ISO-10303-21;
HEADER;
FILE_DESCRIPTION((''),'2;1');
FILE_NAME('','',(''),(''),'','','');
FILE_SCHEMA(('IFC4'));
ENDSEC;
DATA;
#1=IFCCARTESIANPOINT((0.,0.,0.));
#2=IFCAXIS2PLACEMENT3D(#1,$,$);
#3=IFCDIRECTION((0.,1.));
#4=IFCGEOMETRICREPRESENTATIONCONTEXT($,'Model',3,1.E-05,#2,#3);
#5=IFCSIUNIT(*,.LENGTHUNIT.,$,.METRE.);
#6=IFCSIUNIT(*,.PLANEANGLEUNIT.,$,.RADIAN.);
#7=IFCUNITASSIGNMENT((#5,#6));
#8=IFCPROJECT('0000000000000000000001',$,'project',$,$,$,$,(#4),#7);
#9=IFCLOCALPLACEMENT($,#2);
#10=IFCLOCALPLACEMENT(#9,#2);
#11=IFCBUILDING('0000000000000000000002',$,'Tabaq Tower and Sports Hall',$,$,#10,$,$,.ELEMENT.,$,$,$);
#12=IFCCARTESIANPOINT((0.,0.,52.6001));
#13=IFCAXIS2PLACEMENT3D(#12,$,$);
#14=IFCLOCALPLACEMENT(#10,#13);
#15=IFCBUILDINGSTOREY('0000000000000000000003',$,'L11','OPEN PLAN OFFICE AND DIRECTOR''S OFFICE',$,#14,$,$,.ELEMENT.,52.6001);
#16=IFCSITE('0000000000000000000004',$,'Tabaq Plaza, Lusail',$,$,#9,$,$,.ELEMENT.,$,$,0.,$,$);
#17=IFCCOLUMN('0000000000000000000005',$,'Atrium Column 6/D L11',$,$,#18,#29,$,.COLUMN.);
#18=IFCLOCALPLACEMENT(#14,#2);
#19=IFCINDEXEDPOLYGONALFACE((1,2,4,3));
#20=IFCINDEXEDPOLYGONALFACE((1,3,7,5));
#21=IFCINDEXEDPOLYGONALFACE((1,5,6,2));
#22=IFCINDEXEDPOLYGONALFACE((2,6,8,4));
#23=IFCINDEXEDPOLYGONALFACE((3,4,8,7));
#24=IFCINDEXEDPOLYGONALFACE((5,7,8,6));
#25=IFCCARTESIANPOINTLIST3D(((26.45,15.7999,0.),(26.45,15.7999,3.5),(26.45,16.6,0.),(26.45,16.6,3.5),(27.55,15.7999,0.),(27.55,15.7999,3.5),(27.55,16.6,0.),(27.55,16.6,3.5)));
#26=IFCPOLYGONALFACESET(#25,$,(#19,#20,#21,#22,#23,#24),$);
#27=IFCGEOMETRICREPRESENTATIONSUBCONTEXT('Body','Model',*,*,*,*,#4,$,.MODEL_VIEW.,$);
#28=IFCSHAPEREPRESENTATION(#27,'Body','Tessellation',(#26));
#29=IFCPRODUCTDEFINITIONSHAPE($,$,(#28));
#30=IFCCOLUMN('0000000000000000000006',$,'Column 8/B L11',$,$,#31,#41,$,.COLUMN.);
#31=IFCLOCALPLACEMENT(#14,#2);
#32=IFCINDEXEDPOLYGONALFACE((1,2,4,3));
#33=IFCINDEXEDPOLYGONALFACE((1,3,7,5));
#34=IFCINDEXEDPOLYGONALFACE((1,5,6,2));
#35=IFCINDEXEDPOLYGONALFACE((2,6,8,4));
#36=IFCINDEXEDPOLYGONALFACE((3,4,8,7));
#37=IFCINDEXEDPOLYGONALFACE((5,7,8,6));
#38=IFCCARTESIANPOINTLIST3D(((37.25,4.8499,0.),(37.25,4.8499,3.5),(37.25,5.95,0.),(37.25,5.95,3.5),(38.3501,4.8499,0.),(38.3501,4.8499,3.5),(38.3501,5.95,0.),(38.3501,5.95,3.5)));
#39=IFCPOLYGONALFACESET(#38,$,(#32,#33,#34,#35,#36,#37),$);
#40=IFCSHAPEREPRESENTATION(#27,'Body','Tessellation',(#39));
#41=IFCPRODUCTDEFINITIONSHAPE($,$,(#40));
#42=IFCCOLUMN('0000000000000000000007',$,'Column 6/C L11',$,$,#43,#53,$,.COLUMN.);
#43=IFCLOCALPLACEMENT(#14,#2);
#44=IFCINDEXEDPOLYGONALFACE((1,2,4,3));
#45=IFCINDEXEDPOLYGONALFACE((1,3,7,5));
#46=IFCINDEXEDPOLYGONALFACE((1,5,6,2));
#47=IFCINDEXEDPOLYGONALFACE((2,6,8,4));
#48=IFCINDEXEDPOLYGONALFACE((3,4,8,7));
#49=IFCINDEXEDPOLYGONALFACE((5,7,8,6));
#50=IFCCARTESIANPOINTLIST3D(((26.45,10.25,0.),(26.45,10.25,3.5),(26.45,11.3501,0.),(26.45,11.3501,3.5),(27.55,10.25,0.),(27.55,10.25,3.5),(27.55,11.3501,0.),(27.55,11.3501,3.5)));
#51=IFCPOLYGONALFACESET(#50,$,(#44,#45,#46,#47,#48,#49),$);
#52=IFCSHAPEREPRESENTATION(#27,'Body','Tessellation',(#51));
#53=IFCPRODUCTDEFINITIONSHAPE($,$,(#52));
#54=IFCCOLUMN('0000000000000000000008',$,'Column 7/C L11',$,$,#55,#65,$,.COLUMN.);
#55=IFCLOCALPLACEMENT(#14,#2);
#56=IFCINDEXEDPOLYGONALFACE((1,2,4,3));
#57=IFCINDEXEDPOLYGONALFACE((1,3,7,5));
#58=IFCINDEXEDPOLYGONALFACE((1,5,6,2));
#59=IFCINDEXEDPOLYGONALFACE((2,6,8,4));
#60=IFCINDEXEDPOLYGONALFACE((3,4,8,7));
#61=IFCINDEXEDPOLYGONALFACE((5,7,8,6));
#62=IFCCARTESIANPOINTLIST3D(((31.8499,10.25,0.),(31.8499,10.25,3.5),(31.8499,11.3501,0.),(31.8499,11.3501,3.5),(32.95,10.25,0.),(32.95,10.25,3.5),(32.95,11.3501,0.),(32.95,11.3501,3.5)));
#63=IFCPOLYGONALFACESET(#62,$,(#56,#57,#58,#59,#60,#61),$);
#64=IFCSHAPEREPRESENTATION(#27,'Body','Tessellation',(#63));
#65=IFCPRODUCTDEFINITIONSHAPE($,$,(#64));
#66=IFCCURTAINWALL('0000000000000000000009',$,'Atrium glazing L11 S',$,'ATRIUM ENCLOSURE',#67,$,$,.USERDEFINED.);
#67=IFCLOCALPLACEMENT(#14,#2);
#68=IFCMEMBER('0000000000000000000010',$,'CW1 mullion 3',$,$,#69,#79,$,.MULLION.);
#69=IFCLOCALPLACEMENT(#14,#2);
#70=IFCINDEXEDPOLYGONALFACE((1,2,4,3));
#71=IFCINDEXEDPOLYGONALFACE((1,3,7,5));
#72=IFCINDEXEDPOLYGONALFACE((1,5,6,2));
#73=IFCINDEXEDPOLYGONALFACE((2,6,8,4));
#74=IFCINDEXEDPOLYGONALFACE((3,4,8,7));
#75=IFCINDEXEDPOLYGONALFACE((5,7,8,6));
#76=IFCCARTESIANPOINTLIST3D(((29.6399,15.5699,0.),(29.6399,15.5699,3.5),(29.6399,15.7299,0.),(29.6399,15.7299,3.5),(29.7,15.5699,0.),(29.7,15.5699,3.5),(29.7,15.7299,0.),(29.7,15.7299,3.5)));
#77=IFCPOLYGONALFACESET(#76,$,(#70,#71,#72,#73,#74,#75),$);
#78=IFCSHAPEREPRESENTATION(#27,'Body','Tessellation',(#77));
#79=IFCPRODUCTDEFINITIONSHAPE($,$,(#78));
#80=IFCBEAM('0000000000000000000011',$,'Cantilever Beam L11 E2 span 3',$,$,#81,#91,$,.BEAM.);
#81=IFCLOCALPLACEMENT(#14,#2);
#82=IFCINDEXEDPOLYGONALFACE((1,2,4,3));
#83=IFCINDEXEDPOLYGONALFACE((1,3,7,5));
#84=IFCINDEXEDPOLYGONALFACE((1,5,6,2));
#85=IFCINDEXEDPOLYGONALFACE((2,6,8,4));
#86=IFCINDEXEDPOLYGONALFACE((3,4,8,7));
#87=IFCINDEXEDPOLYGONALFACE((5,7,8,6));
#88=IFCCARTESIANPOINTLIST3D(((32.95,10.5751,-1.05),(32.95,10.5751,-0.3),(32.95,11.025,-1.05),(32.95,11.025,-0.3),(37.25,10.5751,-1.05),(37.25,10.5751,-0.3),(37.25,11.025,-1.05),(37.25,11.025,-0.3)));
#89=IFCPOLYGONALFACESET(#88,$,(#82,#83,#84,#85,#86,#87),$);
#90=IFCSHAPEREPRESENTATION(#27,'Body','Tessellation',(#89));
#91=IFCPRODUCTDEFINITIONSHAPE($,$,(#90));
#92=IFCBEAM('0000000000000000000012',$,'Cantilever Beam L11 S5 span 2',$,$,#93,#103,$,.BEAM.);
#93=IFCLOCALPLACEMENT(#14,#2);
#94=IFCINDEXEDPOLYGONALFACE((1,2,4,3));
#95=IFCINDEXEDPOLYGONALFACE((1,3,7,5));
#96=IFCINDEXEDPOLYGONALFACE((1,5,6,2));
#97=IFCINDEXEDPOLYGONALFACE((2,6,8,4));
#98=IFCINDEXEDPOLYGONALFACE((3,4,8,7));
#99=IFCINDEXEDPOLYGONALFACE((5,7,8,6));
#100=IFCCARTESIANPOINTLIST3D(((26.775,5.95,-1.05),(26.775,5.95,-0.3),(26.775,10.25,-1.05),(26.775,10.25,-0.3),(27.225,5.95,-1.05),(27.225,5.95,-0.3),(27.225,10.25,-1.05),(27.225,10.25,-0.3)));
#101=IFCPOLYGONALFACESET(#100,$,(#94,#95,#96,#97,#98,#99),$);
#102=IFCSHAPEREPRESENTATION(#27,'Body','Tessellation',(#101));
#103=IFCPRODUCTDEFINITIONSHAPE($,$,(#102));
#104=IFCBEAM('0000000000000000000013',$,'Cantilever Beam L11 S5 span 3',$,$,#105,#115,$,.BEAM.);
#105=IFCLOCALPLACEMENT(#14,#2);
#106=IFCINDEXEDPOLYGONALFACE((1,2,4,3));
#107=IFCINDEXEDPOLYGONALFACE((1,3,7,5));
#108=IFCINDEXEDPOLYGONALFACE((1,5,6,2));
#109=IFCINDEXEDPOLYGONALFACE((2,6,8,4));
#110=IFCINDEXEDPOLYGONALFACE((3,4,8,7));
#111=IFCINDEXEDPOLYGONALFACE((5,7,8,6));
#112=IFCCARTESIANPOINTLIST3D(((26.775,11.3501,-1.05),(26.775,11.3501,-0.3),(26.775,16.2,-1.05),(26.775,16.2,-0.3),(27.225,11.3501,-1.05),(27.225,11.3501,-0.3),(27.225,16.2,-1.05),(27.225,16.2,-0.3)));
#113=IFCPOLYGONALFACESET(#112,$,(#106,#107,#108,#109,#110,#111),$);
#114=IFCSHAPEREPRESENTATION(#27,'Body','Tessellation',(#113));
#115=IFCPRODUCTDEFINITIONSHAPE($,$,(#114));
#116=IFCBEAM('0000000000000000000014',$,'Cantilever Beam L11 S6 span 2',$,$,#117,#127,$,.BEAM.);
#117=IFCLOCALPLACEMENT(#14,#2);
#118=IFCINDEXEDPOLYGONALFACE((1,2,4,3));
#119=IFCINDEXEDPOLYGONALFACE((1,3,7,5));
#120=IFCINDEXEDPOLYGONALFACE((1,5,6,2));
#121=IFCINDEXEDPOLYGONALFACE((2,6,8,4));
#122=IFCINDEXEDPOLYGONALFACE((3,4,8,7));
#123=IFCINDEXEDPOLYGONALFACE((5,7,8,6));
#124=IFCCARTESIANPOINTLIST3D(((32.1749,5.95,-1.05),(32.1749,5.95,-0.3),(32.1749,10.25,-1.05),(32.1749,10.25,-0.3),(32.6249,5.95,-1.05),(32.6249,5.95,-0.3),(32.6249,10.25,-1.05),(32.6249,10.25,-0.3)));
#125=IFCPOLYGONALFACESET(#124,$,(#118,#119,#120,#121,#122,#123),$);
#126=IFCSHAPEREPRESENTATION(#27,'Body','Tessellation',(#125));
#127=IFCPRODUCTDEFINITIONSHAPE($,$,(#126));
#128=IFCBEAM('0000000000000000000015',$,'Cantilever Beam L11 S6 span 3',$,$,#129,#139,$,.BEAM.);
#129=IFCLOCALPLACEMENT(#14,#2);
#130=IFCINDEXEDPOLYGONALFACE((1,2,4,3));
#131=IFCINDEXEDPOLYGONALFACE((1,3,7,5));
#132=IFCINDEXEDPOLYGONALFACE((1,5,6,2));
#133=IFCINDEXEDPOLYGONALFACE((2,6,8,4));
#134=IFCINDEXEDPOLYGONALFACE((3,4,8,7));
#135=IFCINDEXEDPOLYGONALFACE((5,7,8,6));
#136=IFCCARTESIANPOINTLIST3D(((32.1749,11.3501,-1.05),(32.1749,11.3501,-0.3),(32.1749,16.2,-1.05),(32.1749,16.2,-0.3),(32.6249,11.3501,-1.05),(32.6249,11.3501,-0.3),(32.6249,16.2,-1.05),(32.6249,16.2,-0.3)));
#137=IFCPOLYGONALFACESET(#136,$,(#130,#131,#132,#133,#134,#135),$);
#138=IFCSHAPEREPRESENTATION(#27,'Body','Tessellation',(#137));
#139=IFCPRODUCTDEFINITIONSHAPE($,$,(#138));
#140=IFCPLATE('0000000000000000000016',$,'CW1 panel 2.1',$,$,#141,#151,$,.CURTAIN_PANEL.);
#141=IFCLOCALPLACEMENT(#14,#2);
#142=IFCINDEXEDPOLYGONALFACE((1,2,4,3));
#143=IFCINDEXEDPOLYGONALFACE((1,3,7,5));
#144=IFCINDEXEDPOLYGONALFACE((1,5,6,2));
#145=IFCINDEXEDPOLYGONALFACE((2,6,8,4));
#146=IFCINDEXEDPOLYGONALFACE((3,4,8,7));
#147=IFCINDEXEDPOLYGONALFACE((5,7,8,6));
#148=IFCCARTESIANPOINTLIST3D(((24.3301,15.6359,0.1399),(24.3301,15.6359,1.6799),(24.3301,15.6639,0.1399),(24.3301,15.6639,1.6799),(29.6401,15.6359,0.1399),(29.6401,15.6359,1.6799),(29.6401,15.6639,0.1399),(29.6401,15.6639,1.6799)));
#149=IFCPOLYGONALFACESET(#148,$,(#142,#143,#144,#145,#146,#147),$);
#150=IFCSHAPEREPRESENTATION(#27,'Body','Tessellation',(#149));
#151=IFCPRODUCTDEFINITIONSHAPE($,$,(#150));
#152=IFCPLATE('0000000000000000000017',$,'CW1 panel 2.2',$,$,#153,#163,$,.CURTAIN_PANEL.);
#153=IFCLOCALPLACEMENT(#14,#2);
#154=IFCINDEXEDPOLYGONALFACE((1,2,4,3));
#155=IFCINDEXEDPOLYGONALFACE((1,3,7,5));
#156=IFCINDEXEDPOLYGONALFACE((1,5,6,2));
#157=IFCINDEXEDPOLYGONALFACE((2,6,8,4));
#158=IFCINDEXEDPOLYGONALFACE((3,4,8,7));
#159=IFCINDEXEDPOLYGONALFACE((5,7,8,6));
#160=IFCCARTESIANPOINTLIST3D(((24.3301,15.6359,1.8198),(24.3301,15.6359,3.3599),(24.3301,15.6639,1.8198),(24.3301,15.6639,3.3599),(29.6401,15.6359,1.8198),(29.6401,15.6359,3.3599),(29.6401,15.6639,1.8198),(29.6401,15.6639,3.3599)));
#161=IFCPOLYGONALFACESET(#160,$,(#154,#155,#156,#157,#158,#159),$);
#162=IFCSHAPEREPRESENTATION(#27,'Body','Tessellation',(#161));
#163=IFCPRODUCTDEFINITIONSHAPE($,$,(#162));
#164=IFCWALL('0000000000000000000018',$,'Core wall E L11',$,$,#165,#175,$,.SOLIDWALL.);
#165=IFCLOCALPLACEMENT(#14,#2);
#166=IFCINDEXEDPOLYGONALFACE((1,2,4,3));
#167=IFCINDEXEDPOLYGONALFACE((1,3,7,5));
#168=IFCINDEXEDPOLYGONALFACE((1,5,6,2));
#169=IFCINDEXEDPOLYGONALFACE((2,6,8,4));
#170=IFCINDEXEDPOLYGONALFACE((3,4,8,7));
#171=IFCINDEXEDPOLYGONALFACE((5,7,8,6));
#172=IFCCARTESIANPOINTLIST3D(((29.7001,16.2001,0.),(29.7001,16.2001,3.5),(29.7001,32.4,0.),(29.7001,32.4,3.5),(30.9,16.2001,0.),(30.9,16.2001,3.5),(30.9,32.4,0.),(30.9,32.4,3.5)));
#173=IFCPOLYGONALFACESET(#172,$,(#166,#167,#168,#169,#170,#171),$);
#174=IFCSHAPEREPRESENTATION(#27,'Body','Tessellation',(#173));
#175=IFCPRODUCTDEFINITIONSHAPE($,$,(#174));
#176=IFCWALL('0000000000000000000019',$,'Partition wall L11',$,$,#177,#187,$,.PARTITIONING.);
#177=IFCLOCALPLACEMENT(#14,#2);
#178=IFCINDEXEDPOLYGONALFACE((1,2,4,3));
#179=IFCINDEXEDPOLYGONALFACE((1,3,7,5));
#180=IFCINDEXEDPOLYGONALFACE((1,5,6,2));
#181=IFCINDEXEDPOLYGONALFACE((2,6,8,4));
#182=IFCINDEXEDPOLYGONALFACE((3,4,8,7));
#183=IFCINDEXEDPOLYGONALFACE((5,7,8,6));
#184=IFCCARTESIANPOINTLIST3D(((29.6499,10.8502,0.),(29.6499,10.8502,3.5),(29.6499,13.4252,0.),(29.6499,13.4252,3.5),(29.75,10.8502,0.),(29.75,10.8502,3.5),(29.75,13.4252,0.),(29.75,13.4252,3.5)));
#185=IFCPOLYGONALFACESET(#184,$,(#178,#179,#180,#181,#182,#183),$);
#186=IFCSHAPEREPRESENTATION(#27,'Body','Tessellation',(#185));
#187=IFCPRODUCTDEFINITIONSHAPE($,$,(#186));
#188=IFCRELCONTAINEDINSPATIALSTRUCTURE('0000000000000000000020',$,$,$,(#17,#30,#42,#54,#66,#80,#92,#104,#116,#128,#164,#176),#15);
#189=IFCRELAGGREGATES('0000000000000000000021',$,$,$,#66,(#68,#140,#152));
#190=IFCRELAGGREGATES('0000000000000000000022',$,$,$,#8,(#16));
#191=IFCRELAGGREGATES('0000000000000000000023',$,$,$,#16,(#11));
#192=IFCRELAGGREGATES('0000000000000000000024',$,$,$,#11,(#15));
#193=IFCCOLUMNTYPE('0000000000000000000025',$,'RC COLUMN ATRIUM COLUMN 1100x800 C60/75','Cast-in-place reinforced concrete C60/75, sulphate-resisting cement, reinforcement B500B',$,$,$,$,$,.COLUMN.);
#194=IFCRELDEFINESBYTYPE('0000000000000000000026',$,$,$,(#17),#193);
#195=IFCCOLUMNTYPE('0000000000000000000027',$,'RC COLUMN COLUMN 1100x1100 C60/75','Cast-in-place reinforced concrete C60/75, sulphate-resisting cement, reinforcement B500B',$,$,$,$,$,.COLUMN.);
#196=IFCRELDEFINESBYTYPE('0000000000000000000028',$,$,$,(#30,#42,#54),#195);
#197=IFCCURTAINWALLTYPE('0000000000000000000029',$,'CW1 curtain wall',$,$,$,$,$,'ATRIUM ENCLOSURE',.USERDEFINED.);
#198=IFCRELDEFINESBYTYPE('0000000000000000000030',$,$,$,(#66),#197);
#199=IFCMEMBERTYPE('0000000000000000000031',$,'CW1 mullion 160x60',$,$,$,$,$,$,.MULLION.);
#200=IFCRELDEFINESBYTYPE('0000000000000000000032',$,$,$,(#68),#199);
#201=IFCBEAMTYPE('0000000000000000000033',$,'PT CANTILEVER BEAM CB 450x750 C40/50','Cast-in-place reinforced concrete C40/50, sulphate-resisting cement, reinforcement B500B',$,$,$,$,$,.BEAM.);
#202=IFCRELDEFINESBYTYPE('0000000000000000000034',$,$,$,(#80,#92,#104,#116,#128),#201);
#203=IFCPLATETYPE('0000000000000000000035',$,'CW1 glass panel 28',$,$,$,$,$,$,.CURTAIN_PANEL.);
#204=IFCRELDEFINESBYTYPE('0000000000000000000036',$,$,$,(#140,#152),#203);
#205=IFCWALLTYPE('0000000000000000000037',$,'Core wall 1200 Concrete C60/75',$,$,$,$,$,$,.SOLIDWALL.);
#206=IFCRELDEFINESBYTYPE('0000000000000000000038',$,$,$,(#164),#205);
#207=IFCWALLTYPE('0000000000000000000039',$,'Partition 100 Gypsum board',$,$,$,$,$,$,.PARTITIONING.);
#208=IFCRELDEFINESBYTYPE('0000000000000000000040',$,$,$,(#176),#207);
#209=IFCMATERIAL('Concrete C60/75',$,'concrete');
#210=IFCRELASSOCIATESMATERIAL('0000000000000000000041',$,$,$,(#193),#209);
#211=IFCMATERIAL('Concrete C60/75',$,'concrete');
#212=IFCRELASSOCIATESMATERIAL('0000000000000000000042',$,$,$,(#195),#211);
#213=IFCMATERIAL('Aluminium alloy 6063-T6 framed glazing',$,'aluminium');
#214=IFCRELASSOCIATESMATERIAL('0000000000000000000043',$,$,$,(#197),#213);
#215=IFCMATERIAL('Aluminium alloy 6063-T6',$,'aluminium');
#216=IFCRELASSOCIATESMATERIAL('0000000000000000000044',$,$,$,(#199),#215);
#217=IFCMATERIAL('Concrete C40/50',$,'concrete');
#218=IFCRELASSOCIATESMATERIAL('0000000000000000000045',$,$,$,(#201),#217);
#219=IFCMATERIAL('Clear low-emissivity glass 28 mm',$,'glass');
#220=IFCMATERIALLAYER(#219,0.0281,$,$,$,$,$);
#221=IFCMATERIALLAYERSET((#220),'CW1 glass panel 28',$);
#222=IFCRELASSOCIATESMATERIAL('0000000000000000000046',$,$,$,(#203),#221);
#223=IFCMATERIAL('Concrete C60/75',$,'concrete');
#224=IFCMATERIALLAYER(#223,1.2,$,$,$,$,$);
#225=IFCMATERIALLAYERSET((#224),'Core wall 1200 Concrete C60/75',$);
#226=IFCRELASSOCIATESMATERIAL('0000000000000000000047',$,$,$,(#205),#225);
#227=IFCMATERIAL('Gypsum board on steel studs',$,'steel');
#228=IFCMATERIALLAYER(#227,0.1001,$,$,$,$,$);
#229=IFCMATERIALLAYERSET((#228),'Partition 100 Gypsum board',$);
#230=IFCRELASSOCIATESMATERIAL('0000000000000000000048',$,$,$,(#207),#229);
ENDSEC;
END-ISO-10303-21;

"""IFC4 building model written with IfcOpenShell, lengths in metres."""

from ifc_helpers import new_model, si_unit, direction, frame, frame_2d, origin, origin_2d, place, context, subcontext, project, spatial, rectangle, extrude, material, layer, layer_set, material_profile, profile_set, type_object, element, aggregate, save


model = new_model("IFC4")

# Units and contexts
model_context = context("Model", 3, precision=1e-05, world=origin(), true_north=direction((0.0, 1.0)))
body_context = subcontext(model_context, "Body", "Model", "MODEL_VIEW")
ifc_project = project(units=[si_unit("LENGTHUNIT", "METRE"), si_unit("PLANEANGLEUNIT", "RADIAN")], contexts=[model_context])

# Site, building, storey
site_placement = place(None, origin())
site = spatial("IfcSite", under=ifc_project, at=site_placement, Name="Tabaq Plaza, Lusail", CompositionType="ELEMENT", RefElevation=0.0)
building_placement = place(site_placement, origin())
building = spatial("IfcBuilding", under=site, at=building_placement, Name="Tabaq Tower and Sports Hall", CompositionType="ELEMENT")
storey_placement = place(building_placement, frame((0.0, 0.0, 52.6001)))
storey = spatial("IfcBuildingStorey", under=building, at=storey_placement, Name="L11", Description="OPEN PLAN OFFICE AND DIRECTOR'S OFFICE", CompositionType="ELEMENT", Elevation=52.6001)

# Columns
ifc_material_1 = material(Name="Concrete C60/75", Category="concrete")
ifc_material_profile_1 = material_profile(ifc_material_1, rectangle(XDim=1.1001, YDim=0.8, at=origin_2d()), Name="ATRIUM COLUMN 1100x800")
ifc_profile_set_1 = profile_set([ifc_material_profile_1], Name="Concrete C60/75")
column_type_1 = type_object("IfcColumnType", Name="RC COLUMN ATRIUM COLUMN 1100x800 C60/75", Description="Cast-in-place reinforced concrete C60/75, sulphate-resisting cement, reinforcement B500B", PredefinedType="COLUMN", material=ifc_profile_set_1)
column_placement = place(storey_placement, frame((27.0, 16.2, 0.0), z_axis=(0.0, 0.0, 1.0), x_axis=(1.0, 0.0, 0.0)))
element("IfcColumn", 1, at=column_placement, inside=storey, type_object=column_type_1, Name="Atrium Column 6/D L11", PredefinedType="COLUMN", context=body_context, shape_type="SweptSolid", body=[
    extrude(rectangle(XDim=1.1001, YDim=0.8, at=origin_2d()), origin(), (0.0, 0.0, 1.0), 3.5),
])
ifc_material_2 = material(Name="Concrete C60/75", Category="concrete")
ifc_material_profile_2 = material_profile(ifc_material_2, rectangle(XDim=1.1001, YDim=1.1001, at=origin_2d()), Name="COLUMN 1100x1100")
ifc_profile_set_2 = profile_set([ifc_material_profile_2], Name="Concrete C60/75")
column_type_2 = type_object("IfcColumnType", Name="RC COLUMN COLUMN 1100x1100 C60/75", Description="Cast-in-place reinforced concrete C60/75, sulphate-resisting cement, reinforcement B500B", PredefinedType="COLUMN", material=ifc_profile_set_2)
for number, where, z_axis, x_axis, name in (
    (2, (37.8, 5.3999, 0.0), (0.0, 0.0, 1.0), (1.0, 0.0, 0.0), "Column 8/B L11"),
    (3, (27.0, 10.8, 0.0), (0.0, 0.0, 1.0), (1.0, 0.0, 0.0), "Column 6/C L11"),
    (4, (32.3999, 10.8, 0.0), (0.0, 0.0, 1.0), (1.0, 0.0, 0.0), "Column 7/C L11"),
):
    element("IfcColumn", number, at=place(storey_placement, frame(where, z_axis=z_axis, x_axis=x_axis)), inside=storey, type_object=column_type_2, Name=name, PredefinedType="COLUMN", context=body_context, shape_type="SweptSolid", body=[
        extrude(rectangle(XDim=1.1001, YDim=1.1001, at=origin_2d()), origin(), (0.0, 0.0, 1.0), 3.5),
    ])

# Curtain wall, member
ifc_material_3 = material(Name="Aluminium alloy 6063-T6 framed glazing", Category="aluminium")
curtain_wall_type = type_object("IfcCurtainWallType", Name="CW1 curtain wall", ElementType="ATRIUM ENCLOSURE", PredefinedType="USERDEFINED", material=ifc_material_3)
curtain_wall_placement = place(storey_placement, origin())
curtain_wall = element("IfcCurtainWall", 5, at=curtain_wall_placement, inside=storey, type_object=curtain_wall_type, Name="Atrium glazing L11 S", ObjectType="ATRIUM ENCLOSURE", PredefinedType="USERDEFINED")
ifc_material_4 = material(Name="Aluminium alloy 6063-T6", Category="aluminium")
ifc_material_profile_3 = material_profile(ifc_material_4, rectangle(XDim=0.1599, YDim=0.0601, at=origin_2d()), Name="MULLION 160x60")
ifc_profile_set_3 = profile_set([ifc_material_profile_3], Name="Aluminium alloy 6063-T6")
member_type = type_object("IfcMemberType", Name="CW1 mullion 160x60", PredefinedType="MULLION", material=ifc_profile_set_3)
member_placement = place(storey_placement, frame((29.6699, 15.6499, 0.0), z_axis=(0.0, 0.0, 1.0), x_axis=(0.0, 1.0, 0.0)))
member = element("IfcMember", 6, at=member_placement, type_object=member_type, Name="CW1 mullion 3", PredefinedType="MULLION", context=body_context, shape_type="SweptSolid", body=[
    extrude(rectangle(XDim=0.1599, YDim=0.0601, at=origin_2d()), origin(), (0.0, 0.0, 1.0), 3.5),
])

# Beams
ifc_material_5 = material(Name="Concrete C40/50", Category="concrete")
ifc_material_profile_4 = material_profile(ifc_material_5, rectangle(XDim=0.45, YDim=0.75, at=origin_2d()), Name="CB 450x750")
ifc_profile_set_4 = profile_set([ifc_material_profile_4], Name="Concrete C40/50")
beam_type = type_object("IfcBeamType", Name="PT CANTILEVER BEAM CB 450x750 C40/50", Description="Cast-in-place reinforced concrete C40/50, sulphate-resisting cement, reinforcement B500B", PredefinedType="BEAM", material=ifc_profile_set_4)
for number, where, z_axis, x_axis, name in (
    (7, (37.25, 10.8, -0.675), (-1.0, 0.0, 0.0), (0.0, -1.0, 0.0), "Cantilever Beam L11 E2 span 3"),
    (8, (27.0, 5.95, -0.675), (0.0, 1.0, 0.0), (-1.0, 0.0, 0.0), "Cantilever Beam L11 S5 span 2"),
):
    element("IfcBeam", number, at=place(storey_placement, frame(where, z_axis=z_axis, x_axis=x_axis)), inside=storey, type_object=beam_type, Name=name, PredefinedType="BEAM", context=body_context, shape_type="SweptSolid", body=[
        extrude(rectangle(XDim=0.45, YDim=0.75, at=origin_2d()), origin(), (0.0, 0.0, 1.0), 4.3),
    ])
beam_1_placement = place(storey_placement, frame((27.0, 11.3501, -0.675), z_axis=(0.0, 1.0, 0.0), x_axis=(-1.0, 0.0, 0.0)))
element("IfcBeam", 9, at=beam_1_placement, inside=storey, type_object=beam_type, Name="Cantilever Beam L11 S5 span 3", PredefinedType="BEAM", context=body_context, shape_type="SweptSolid", body=[
    extrude(rectangle(XDim=0.45, YDim=0.75, at=origin_2d()), origin(), (0.0, 0.0, 1.0), 4.8499),
])
beam_2_placement = place(storey_placement, frame((32.3999, 5.95, -0.675), z_axis=(0.0, 1.0, 0.0), x_axis=(-1.0, 0.0, 0.0)))
element("IfcBeam", 10, at=beam_2_placement, inside=storey, type_object=beam_type, Name="Cantilever Beam L11 S6 span 2", PredefinedType="BEAM", context=body_context, shape_type="SweptSolid", body=[
    extrude(rectangle(XDim=0.45, YDim=0.75, at=origin_2d()), origin(), (0.0, 0.0, 1.0), 4.3),
])
beam_3_placement = place(storey_placement, frame((32.3999, 11.3501, -0.675), z_axis=(0.0, 1.0, 0.0), x_axis=(-1.0, 0.0, 0.0)))
element("IfcBeam", 11, at=beam_3_placement, inside=storey, type_object=beam_type, Name="Cantilever Beam L11 S6 span 3", PredefinedType="BEAM", context=body_context, shape_type="SweptSolid", body=[
    extrude(rectangle(XDim=0.45, YDim=0.75, at=origin_2d()), origin(), (0.0, 0.0, 1.0), 4.8499),
])

# Plates
ifc_material_6 = material(Name="Clear low-emissivity glass 28 mm", Category="glass")
ifc_layer_1 = layer(ifc_material_6, 0.0281)
ifc_layer_set_1 = layer_set([ifc_layer_1], Name="CW1 glass panel 28")
plate_type = type_object("IfcPlateType", Name="CW1 glass panel 28", PredefinedType="CURTAIN_PANEL", material=ifc_layer_set_1)
plate_1_placement = place(storey_placement, frame((26.9851, 15.6499, 0.1399), z_axis=(0.0, 0.0, 1.0), x_axis=(1.0, 0.0, 0.0)))
plate_1 = element("IfcPlate", 12, at=plate_1_placement, type_object=plate_type, Name="CW1 panel 2.1", PredefinedType="CURTAIN_PANEL", context=body_context, shape_type="SweptSolid", body=[
    extrude(rectangle(XDim=5.3101, YDim=0.0281, at=origin_2d()), origin(), (0.0, 0.0, 1.0), 1.54),
])
plate_2_placement = place(storey_placement, frame((26.9851, 15.6499, 1.8198), z_axis=(0.0, 0.0, 1.0), x_axis=(1.0, 0.0, 0.0)))
plate_2 = element("IfcPlate", 13, at=plate_2_placement, type_object=plate_type, Name="CW1 panel 2.2", PredefinedType="CURTAIN_PANEL", context=body_context, shape_type="SweptSolid", body=[
    extrude(rectangle(XDim=5.3101, YDim=0.0281, at=origin_2d()), origin(), (0.0, 0.0, 1.0), 1.54),
])
aggregate(curtain_wall, [member, plate_1, plate_2])

# Walls
ifc_material_7 = material(Name="Concrete C60/75", Category="concrete")
ifc_layer_2 = layer(ifc_material_7, 1.2)
ifc_layer_set_2 = layer_set([ifc_layer_2], Name="Core wall 1200 Concrete C60/75")
wall_type_1 = type_object("IfcWallType", Name="Core wall 1200 Concrete C60/75", PredefinedType="SOLIDWALL", material=ifc_layer_set_2)
wall_1_placement = place(storey_placement, frame((30.3, 16.2, 0.0), z_axis=(0.0, 0.0, 1.0), x_axis=(0.0, 1.0, 0.0)))
element("IfcWall", 14, at=wall_1_placement, inside=storey, type_object=wall_type_1, Name="Core wall E L11", PredefinedType="SOLIDWALL", context=body_context, shape_type="SweptSolid", body=[
    extrude(rectangle(XDim=16.2, YDim=1.2, at=frame_2d((8.1001, 0.0))), origin(), (0.0, 0.0, 1.0), 3.5),
])
ifc_material_8 = material(Name="Gypsum board on steel studs", Category="steel")
ifc_layer_3 = layer(ifc_material_8, 0.1001)
ifc_layer_set_3 = layer_set([ifc_layer_3], Name="Partition 100 Gypsum board")
wall_type_2 = type_object("IfcWallType", Name="Partition 100 Gypsum board", PredefinedType="PARTITIONING", material=ifc_layer_set_3)
wall_2_placement = place(storey_placement, frame((29.7, 10.8501, 0.0), z_axis=(0.0, 0.0, 1.0), x_axis=(0.0, 1.0, 0.0)))
element("IfcWall", 15, at=wall_2_placement, inside=storey, type_object=wall_type_2, Name="Partition wall L11", PredefinedType="PARTITIONING", context=body_context, shape_type="SweptSolid", body=[
    extrude(rectangle(XDim=2.575, YDim=0.1001, at=frame_2d((1.2876, 0.0))), origin(), (0.0, 0.0, 1.0), 3.5),
])

save(model, "model.ifc")
